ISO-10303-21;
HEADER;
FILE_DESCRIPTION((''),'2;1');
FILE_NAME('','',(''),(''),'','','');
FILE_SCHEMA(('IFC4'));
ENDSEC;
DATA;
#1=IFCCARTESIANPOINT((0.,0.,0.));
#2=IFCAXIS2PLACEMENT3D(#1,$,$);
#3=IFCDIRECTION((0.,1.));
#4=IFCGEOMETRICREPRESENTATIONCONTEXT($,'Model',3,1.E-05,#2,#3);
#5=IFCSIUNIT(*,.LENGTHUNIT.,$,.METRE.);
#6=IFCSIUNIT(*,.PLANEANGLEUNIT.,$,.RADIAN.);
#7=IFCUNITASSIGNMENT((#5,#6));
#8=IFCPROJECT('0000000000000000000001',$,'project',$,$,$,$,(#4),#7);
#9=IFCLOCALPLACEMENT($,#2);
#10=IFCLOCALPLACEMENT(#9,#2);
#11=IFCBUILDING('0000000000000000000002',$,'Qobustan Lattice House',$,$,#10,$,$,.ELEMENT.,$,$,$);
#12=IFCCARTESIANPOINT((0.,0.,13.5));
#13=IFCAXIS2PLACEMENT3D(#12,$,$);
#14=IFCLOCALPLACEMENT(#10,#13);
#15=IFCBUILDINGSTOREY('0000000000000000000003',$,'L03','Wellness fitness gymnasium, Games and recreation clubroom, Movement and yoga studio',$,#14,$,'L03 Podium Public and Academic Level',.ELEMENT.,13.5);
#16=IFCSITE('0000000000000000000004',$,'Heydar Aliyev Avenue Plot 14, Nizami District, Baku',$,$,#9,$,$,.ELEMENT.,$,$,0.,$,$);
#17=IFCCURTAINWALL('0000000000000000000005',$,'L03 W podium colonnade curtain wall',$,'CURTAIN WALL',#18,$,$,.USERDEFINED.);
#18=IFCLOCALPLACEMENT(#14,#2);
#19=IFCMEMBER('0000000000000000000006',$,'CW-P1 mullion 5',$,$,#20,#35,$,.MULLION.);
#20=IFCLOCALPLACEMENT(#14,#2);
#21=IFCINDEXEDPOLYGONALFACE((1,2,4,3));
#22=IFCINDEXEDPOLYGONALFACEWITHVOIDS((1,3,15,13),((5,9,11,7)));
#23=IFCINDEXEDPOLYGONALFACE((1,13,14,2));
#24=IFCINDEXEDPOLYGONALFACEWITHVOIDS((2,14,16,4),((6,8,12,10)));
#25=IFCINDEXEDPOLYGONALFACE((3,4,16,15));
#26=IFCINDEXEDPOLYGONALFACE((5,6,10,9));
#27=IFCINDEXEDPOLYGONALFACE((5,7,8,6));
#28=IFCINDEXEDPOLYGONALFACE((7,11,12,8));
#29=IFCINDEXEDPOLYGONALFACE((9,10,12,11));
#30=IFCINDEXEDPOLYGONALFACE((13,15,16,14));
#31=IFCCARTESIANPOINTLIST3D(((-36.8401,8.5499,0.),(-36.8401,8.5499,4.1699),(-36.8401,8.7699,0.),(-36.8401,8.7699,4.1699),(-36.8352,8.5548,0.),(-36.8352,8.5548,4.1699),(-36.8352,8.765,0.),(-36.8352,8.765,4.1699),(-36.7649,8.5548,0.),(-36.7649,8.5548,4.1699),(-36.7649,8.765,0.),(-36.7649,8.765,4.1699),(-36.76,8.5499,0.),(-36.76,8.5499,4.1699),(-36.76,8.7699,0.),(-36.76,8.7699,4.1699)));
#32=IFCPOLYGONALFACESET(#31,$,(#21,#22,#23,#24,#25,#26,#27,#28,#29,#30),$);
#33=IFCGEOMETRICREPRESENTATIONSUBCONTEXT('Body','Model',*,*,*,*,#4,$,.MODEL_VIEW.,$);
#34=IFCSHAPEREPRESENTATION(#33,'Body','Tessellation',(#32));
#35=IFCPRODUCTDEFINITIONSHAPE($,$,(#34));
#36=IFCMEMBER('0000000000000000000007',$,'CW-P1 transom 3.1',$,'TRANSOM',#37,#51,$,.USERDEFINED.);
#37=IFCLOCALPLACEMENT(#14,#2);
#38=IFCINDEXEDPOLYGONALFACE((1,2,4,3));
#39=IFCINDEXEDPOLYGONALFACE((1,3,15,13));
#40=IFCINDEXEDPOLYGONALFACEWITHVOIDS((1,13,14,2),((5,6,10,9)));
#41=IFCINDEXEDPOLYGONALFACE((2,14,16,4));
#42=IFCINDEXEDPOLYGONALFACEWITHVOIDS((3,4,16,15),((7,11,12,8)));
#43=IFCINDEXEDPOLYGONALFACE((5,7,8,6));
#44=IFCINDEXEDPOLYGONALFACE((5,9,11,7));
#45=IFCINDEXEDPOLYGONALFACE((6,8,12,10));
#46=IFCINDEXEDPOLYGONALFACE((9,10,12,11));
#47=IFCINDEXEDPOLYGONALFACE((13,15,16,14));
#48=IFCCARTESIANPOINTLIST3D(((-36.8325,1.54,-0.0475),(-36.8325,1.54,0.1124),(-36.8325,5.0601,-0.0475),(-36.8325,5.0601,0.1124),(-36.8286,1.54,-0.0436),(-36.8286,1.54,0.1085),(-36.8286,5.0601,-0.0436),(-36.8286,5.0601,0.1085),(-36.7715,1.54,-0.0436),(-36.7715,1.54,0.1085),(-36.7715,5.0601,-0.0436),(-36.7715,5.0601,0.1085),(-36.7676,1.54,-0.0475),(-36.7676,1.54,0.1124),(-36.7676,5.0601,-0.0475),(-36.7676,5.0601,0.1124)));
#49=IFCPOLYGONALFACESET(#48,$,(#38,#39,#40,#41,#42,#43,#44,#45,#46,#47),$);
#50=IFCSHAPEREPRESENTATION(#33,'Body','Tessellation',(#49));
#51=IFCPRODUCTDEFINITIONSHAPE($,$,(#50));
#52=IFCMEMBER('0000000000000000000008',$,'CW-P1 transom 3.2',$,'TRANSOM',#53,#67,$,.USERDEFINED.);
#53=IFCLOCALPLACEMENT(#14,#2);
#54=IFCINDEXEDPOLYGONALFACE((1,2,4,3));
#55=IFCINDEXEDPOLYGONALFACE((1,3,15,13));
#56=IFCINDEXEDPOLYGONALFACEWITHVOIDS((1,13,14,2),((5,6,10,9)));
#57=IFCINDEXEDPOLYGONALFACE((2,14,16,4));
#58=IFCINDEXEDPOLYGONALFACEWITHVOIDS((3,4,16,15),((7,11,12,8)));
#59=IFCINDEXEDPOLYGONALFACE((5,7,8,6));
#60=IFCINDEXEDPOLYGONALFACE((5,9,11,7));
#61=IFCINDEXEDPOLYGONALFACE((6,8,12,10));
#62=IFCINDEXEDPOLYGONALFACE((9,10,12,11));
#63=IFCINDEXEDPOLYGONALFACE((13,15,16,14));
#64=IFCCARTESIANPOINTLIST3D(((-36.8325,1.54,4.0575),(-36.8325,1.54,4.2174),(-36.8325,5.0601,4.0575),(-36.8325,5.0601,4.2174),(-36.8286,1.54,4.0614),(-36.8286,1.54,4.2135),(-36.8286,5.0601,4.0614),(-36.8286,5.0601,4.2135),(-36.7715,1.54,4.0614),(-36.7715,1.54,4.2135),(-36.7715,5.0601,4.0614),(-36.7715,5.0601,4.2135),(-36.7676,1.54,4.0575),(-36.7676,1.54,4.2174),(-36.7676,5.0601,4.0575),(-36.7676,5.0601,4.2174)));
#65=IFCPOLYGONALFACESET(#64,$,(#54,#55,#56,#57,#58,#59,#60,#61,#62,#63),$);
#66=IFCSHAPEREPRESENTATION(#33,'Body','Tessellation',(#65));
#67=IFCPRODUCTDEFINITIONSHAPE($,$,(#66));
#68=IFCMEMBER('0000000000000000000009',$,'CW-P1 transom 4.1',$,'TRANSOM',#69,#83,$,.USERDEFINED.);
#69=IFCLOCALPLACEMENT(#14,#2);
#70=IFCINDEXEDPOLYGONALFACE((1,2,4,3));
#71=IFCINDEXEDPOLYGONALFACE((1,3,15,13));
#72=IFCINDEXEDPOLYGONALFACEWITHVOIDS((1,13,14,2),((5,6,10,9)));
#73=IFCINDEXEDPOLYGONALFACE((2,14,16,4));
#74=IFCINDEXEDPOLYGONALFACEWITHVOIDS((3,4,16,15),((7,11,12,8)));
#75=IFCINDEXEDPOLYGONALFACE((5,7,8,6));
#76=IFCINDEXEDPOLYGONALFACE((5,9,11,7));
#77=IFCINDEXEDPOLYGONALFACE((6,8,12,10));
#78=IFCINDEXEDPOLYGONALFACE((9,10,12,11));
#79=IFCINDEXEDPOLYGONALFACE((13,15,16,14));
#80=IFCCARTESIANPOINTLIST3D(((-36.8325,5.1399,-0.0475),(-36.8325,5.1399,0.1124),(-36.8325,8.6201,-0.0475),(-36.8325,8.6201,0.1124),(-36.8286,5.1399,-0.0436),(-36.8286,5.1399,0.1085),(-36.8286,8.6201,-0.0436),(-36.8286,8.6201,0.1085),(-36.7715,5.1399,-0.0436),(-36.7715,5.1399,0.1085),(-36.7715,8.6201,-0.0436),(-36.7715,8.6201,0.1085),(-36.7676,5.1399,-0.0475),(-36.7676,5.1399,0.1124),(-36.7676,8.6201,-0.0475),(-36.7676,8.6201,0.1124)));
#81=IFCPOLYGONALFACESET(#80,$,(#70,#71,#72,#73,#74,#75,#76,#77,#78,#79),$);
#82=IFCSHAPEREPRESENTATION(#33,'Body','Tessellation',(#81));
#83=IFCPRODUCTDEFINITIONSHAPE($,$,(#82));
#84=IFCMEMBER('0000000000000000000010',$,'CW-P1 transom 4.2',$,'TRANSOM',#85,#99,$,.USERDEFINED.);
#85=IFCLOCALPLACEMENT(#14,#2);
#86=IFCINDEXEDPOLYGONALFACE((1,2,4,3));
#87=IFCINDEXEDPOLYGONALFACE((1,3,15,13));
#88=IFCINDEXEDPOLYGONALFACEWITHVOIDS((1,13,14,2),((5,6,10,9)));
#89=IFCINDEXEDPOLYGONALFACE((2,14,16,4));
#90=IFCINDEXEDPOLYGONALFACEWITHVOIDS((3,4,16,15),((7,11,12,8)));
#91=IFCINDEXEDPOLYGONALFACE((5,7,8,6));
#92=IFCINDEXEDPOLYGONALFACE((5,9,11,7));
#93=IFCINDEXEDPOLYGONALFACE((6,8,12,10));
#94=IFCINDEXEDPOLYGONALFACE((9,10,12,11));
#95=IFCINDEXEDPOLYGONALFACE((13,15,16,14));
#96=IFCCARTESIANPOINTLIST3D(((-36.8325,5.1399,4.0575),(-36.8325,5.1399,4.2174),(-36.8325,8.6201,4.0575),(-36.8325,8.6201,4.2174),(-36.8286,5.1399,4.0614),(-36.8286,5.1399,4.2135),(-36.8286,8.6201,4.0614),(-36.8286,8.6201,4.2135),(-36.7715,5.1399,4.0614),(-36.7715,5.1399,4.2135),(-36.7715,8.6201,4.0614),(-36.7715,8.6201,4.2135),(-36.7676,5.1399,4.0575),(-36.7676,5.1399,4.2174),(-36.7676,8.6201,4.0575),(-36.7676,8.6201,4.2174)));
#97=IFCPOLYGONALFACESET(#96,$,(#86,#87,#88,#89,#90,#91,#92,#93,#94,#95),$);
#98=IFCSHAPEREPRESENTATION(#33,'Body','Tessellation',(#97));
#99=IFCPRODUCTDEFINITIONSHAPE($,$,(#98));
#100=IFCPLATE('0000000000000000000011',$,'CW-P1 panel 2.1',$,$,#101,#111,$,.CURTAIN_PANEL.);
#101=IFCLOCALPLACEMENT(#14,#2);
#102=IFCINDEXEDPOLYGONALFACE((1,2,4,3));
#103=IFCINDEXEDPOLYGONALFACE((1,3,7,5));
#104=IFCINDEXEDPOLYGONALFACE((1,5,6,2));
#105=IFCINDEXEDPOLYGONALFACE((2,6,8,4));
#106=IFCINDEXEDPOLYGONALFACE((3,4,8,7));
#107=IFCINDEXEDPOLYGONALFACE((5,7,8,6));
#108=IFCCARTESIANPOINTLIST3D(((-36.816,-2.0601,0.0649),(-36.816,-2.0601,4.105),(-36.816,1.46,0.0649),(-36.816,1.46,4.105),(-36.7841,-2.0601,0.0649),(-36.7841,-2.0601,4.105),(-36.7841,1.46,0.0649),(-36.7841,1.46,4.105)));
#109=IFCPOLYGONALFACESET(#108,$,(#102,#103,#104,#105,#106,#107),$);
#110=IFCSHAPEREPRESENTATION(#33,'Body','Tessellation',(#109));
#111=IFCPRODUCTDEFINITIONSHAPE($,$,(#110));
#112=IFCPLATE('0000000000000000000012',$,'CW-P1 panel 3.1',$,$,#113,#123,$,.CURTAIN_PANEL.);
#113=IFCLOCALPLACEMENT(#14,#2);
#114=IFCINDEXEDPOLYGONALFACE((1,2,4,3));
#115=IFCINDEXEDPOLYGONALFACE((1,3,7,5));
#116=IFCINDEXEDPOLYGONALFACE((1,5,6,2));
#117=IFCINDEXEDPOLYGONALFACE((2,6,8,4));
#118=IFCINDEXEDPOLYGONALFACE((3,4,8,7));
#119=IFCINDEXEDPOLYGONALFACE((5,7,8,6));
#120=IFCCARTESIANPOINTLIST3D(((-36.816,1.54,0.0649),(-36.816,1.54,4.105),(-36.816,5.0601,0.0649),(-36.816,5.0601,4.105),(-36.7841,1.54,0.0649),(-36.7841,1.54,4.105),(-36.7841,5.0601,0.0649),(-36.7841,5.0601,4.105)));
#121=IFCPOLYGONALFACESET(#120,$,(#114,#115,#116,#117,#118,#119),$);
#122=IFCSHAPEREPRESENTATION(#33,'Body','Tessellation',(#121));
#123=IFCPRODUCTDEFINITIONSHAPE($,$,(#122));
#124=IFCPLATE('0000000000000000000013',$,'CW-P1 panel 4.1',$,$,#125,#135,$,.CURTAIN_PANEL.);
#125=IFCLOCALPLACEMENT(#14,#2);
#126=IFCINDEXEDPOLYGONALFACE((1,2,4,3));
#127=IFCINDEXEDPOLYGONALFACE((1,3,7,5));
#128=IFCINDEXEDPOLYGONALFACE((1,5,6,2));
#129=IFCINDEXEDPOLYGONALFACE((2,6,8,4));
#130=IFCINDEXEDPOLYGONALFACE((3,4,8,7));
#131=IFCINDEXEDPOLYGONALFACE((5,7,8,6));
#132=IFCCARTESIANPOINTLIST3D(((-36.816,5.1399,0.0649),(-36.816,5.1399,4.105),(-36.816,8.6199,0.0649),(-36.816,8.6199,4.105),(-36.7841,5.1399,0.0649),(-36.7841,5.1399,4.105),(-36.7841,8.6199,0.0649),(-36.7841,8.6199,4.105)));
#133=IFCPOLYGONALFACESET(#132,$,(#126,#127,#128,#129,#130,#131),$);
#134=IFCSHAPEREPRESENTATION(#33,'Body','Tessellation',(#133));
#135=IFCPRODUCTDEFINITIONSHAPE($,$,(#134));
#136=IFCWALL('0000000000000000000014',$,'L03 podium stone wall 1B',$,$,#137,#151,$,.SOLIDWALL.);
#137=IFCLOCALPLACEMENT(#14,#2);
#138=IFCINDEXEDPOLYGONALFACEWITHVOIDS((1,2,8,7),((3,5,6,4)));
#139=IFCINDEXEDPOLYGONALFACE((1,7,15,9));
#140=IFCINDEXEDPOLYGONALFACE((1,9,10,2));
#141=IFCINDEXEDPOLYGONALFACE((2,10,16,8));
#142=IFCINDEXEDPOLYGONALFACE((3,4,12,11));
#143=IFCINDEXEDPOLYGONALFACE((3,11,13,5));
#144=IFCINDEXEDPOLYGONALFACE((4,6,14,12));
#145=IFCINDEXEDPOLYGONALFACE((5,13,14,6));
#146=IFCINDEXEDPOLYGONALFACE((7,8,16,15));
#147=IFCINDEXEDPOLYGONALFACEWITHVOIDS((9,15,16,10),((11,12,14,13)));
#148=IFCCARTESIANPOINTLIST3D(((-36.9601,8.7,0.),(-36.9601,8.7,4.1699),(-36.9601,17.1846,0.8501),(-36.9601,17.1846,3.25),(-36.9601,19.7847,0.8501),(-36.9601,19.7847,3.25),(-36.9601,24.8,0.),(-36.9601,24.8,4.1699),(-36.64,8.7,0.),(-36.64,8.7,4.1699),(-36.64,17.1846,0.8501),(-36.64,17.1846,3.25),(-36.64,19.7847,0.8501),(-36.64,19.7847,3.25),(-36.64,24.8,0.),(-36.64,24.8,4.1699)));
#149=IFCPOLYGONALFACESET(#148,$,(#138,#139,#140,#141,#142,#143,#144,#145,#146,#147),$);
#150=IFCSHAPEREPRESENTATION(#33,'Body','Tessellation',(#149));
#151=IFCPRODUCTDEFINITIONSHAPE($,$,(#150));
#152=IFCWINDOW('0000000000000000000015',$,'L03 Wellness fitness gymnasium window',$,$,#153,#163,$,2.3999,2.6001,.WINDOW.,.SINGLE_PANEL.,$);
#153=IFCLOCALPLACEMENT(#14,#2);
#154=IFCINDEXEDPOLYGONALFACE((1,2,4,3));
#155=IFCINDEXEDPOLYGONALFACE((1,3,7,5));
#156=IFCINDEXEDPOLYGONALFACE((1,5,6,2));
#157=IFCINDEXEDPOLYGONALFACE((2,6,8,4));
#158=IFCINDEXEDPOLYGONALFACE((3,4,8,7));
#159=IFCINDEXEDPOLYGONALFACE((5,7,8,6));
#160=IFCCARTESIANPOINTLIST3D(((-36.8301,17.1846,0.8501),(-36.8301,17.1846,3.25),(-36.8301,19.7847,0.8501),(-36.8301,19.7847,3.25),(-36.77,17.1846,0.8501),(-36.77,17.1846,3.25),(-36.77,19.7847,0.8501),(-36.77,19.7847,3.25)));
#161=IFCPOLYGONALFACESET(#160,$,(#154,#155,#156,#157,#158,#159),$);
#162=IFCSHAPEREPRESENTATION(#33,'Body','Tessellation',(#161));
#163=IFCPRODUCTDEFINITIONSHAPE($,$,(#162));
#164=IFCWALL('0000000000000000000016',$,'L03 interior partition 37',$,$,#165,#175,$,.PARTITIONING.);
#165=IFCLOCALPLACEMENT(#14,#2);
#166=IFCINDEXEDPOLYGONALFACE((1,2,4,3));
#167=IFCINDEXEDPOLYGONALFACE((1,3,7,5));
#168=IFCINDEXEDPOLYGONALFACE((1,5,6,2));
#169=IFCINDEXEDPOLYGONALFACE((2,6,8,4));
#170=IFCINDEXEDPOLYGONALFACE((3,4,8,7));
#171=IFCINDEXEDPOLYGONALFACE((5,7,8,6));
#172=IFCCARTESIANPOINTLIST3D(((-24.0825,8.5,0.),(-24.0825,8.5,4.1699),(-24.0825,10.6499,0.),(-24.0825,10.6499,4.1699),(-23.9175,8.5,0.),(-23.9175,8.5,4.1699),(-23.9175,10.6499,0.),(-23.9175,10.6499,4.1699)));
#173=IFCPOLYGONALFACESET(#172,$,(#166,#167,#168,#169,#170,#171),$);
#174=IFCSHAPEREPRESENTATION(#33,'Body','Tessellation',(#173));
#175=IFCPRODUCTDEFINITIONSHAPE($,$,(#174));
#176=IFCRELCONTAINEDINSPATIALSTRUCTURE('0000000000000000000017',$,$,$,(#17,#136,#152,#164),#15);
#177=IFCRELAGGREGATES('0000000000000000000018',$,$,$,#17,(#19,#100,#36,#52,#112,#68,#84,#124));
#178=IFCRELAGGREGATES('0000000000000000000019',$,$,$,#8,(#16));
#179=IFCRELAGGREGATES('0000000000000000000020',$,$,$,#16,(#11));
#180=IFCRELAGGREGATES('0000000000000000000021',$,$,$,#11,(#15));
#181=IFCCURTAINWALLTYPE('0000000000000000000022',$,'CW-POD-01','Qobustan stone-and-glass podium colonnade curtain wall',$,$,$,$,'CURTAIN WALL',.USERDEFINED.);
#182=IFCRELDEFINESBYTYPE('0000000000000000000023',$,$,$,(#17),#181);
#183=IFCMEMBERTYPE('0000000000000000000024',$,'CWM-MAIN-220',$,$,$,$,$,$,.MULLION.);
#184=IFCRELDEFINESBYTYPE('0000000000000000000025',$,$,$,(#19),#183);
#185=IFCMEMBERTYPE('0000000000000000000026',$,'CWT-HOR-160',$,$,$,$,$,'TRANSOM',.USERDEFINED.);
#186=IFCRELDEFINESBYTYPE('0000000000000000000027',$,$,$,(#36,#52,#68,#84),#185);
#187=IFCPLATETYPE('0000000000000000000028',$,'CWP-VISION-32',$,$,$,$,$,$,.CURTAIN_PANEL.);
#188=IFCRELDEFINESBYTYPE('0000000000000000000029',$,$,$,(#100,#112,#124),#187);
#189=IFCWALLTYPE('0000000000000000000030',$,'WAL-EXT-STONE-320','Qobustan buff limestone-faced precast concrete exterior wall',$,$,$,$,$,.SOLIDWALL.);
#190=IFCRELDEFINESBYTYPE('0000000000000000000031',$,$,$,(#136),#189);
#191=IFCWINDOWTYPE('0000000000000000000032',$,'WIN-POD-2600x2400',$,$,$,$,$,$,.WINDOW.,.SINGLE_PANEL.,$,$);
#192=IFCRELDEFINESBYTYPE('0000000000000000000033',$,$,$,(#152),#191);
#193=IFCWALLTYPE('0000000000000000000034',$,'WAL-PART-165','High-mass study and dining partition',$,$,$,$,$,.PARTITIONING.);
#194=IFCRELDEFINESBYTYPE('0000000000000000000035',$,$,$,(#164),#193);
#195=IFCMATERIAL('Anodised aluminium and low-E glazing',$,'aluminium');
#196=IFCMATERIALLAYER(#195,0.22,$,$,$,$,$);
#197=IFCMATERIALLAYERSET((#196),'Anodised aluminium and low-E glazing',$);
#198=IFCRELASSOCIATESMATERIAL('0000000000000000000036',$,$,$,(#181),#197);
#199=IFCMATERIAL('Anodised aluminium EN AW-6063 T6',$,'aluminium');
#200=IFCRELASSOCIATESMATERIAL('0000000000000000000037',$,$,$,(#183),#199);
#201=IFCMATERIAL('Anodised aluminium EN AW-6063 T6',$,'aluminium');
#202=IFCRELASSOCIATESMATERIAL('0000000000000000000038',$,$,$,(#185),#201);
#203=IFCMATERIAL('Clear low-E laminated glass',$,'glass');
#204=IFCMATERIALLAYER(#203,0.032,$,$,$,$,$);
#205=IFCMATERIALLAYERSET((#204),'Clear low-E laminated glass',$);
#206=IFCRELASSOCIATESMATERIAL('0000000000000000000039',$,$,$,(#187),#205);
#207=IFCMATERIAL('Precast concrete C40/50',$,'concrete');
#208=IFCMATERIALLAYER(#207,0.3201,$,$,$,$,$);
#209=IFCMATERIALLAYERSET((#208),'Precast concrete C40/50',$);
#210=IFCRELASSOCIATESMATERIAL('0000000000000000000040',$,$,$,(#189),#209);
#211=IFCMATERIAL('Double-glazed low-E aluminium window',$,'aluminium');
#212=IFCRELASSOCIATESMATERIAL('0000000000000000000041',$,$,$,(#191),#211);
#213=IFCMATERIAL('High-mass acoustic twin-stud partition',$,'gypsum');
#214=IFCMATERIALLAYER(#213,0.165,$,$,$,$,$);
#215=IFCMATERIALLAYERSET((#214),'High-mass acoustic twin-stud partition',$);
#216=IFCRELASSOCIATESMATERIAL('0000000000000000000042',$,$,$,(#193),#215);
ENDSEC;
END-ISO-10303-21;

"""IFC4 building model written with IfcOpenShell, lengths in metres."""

from ifc_helpers import new_model, si_unit, direction, frame, frame_2d, origin, origin_2d, place, context, subcontext, project, spatial, rectangle, hollow_rectangle, extrude, material, layer, layer_set, material_profile, profile_set, type_object, element, fill, aggregate, save


model = new_model("IFC4")

# Units and contexts
model_context = context("Model", 3, precision=1e-05, world=origin(), true_north=direction((0.0, 1.0)))
body_context = subcontext(model_context, "Body", "Model", "MODEL_VIEW")
ifc_project = project(units=[si_unit("LENGTHUNIT", "METRE"), si_unit("PLANEANGLEUNIT", "RADIAN")], contexts=[model_context])

# Site, building, storey
site_placement = place(None, origin())
site = spatial("IfcSite", under=ifc_project, at=site_placement, Name="Heydar Aliyev Avenue Plot 14, Nizami District, Baku", CompositionType="ELEMENT", RefElevation=0.0)
building_placement = place(site_placement, origin())
building = spatial("IfcBuilding", under=site, at=building_placement, Name="Qobustan Lattice House", CompositionType="ELEMENT")
storey_placement = place(building_placement, frame((0.0, 0.0, 13.5)))
storey = spatial("IfcBuildingStorey", under=building, at=storey_placement, Name="L03", Description="Wellness fitness gymnasium, Games and recreation clubroom, Movement and yoga studio", LongName="L03 Podium Public and Academic Level", CompositionType="ELEMENT", Elevation=13.5)

# Curtain wall, members, plates
ifc_material_1 = material(Name="Anodised aluminium and low-E glazing", Category="aluminium")
ifc_layer_1 = layer(ifc_material_1, 0.22)
ifc_layer_set_1 = layer_set([ifc_layer_1], Name="Anodised aluminium and low-E glazing")
curtain_wall_type = type_object("IfcCurtainWallType", Name="CW-POD-01", Description="Qobustan stone-and-glass podium colonnade curtain wall", ElementType="CURTAIN WALL", PredefinedType="USERDEFINED", material=ifc_layer_set_1)
curtain_wall_placement = place(storey_placement, origin())
curtain_wall = element("IfcCurtainWall", 1, at=curtain_wall_placement, inside=storey, type_object=curtain_wall_type, Name="L03 W podium colonnade curtain wall", ObjectType="CURTAIN WALL", PredefinedType="USERDEFINED")
ifc_material_2 = material(Name="Anodised aluminium EN AW-6063 T6", Category="aluminium")
ifc_material_profile_1 = material_profile(ifc_material_2, hollow_rectangle(XDim=0.0801, YDim=0.22, WallThickness=0.0049, at=origin_2d()), Name="CWM-220x80")
ifc_profile_set_1 = profile_set([ifc_material_profile_1], Name="Anodised aluminium EN AW-6063 T6")
member_type_1 = type_object("IfcMemberType", Name="CWM-MAIN-220", PredefinedType="MULLION", material=ifc_profile_set_1)
member_1_placement = place(storey_placement, frame((-36.8, 8.6599, 0.0), z_axis=(0.0, 0.0, 1.0), x_axis=(-1.0, 0.0, 0.0)))
member_1 = element("IfcMember", 2, at=member_1_placement, type_object=member_type_1, Name="CW-P1 mullion 5", PredefinedType="MULLION", context=body_context, shape_type="SweptSolid", body=[
    extrude(hollow_rectangle(XDim=0.0801, YDim=0.22, WallThickness=0.0049, at=origin_2d()), origin(), (0.0, 0.0, 1.0), 4.1699),
])
ifc_material_3 = material(Name="Anodised aluminium EN AW-6063 T6", Category="aluminium")
ifc_material_profile_2 = material_profile(ifc_material_3, hollow_rectangle(XDim=0.0649, YDim=0.1599, WallThickness=0.0039, at=origin_2d()), Name="CWT-160x65")
ifc_profile_set_2 = profile_set([ifc_material_profile_2], Name="Anodised aluminium EN AW-6063 T6")
member_type_2 = type_object("IfcMemberType", Name="CWT-HOR-160", ElementType="TRANSOM", PredefinedType="USERDEFINED", material=ifc_profile_set_2)
member_2_placement = place(storey_placement, frame((-36.8, 1.54, 0.0325), z_axis=(0.0, 1.0, 0.0), x_axis=(-1.0, 0.0, 0.0)))
member_2 = element("IfcMember", 3, at=member_2_placement, type_object=member_type_2, Name="CW-P1 transom 3.1", ObjectType="TRANSOM", PredefinedType="USERDEFINED", context=body_context, shape_type="SweptSolid", body=[
    extrude(hollow_rectangle(XDim=0.0649, YDim=0.1599, WallThickness=0.0039, at=origin_2d()), origin(), (0.0, 0.0, 1.0), 3.52),
])
member_3_placement = place(storey_placement, frame((-36.8, 1.54, 4.1375), z_axis=(0.0, 1.0, 0.0), x_axis=(-1.0, 0.0, 0.0)))
member_3 = element("IfcMember", 4, at=member_3_placement, type_object=member_type_2, Name="CW-P1 transom 3.2", ObjectType="TRANSOM", PredefinedType="USERDEFINED", context=body_context, shape_type="SweptSolid", body=[
    extrude(hollow_rectangle(XDim=0.0649, YDim=0.1599, WallThickness=0.0039, at=origin_2d()), origin(), (0.0, 0.0, 1.0), 3.52),
])
member_4_placement = place(storey_placement, frame((-36.8, 5.1399, 0.0325), z_axis=(0.0, 1.0, 0.0), x_axis=(-1.0, 0.0, 0.0)))
member_4 = element("IfcMember", 5, at=member_4_placement, type_object=member_type_2, Name="CW-P1 transom 4.1", ObjectType="TRANSOM", PredefinedType="USERDEFINED", context=body_context, shape_type="SweptSolid", body=[
    extrude(hollow_rectangle(XDim=0.0649, YDim=0.1599, WallThickness=0.0039, at=origin_2d()), origin(), (0.0, 0.0, 1.0), 3.4802),
])
member_5_placement = place(storey_placement, frame((-36.8, 5.1399, 4.1375), z_axis=(0.0, 1.0, 0.0), x_axis=(-1.0, 0.0, 0.0)))
member_5 = element("IfcMember", 6, at=member_5_placement, type_object=member_type_2, Name="CW-P1 transom 4.2", ObjectType="TRANSOM", PredefinedType="USERDEFINED", context=body_context, shape_type="SweptSolid", body=[
    extrude(hollow_rectangle(XDim=0.0649, YDim=0.1599, WallThickness=0.0039, at=origin_2d()), origin(), (0.0, 0.0, 1.0), 3.4802),
])
ifc_material_4 = material(Name="Clear low-E laminated glass", Category="glass")
ifc_layer_2 = layer(ifc_material_4, 0.032)
ifc_layer_set_2 = layer_set([ifc_layer_2], Name="Clear low-E laminated glass")
plate_type = type_object("IfcPlateType", Name="CWP-VISION-32", PredefinedType="CURTAIN_PANEL", material=ifc_layer_set_2)
plate_1_placement = place(storey_placement, frame((-36.8, -0.3, 0.0649), z_axis=(0.0, 0.0, 1.0), x_axis=(0.0, 1.0, 0.0)))
plate_1 = element("IfcPlate", 7, at=plate_1_placement, type_object=plate_type, Name="CW-P1 panel 2.1", PredefinedType="CURTAIN_PANEL", context=body_context, shape_type="SweptSolid", body=[
    extrude(rectangle(XDim=3.52, YDim=0.032, at=origin_2d()), origin(), (0.0, 0.0, 1.0), 4.04),
])
plate_2_placement = place(storey_placement, frame((-36.8, 3.3, 0.0649), z_axis=(0.0, 0.0, 1.0), x_axis=(0.0, 1.0, 0.0)))
plate_2 = element("IfcPlate", 8, at=plate_2_placement, type_object=plate_type, Name="CW-P1 panel 3.1", PredefinedType="CURTAIN_PANEL", context=body_context, shape_type="SweptSolid", body=[
    extrude(rectangle(XDim=3.52, YDim=0.032, at=origin_2d()), origin(), (0.0, 0.0, 1.0), 4.04),
])
plate_3_placement = place(storey_placement, frame((-36.8, 6.8799, 0.0649), z_axis=(0.0, 0.0, 1.0), x_axis=(0.0, 1.0, 0.0)))
plate_3 = element("IfcPlate", 9, at=plate_3_placement, type_object=plate_type, Name="CW-P1 panel 4.1", PredefinedType="CURTAIN_PANEL", context=body_context, shape_type="SweptSolid", body=[
    extrude(rectangle(XDim=3.48, YDim=0.032, at=origin_2d()), origin(), (0.0, 0.0, 1.0), 4.04),
])
aggregate(curtain_wall, [member_1, plate_1, member_2, member_3, plate_2, member_4, member_5, plate_3])

# Wall, opening, window
ifc_material_5 = material(Name="Precast concrete C40/50", Category="concrete")
ifc_layer_3 = layer(ifc_material_5, 0.3201)
ifc_layer_set_3 = layer_set([ifc_layer_3], Name="Precast concrete C40/50")
wall_type_1 = type_object("IfcWallType", Name="WAL-EXT-STONE-320", Description="Qobustan buff limestone-faced precast concrete exterior wall", PredefinedType="SOLIDWALL", material=ifc_layer_set_3)
wall_1_placement = place(storey_placement, frame((-36.8, 8.7, 0.0), z_axis=(0.0, 0.0, 1.0), x_axis=(0.0, 1.0, 0.0)))
wall_1 = element("IfcWall", 10, at=wall_1_placement, inside=storey, type_object=wall_type_1, Name="L03 podium stone wall 1B", PredefinedType="SOLIDWALL", context=body_context, shape_type="SweptSolid", body=[
    extrude(rectangle(XDim=16.1001, YDim=0.3201, at=frame_2d((8.05, 0.0))), origin(), (0.0, 0.0, 1.0), 4.1699),
])
opening_1_placement = place(wall_1_placement, frame((8.4846, 0.0, 0.8501)))
opening_1 = element("IfcOpeningElement", 11, at=opening_1_placement, cuts=wall_1, PredefinedType="OPENING", context=body_context, shape_type="SweptSolid", body=[
    extrude(rectangle(XDim=2.6001, YDim=2.3999, at=frame_2d((1.3, 1.2))), frame((0.0, 0.1699, 0.0), z_axis=(0.0, -1.0, 0.0), x_axis=(1.0, 0.0, 0.0)), (0.0, 0.0, 1.0), 0.3401),
])
ifc_material_6 = material(Name="Double-glazed low-E aluminium window", Category="aluminium")
window_type = type_object("IfcWindowType", Name="WIN-POD-2600x2400", PartitioningType="SINGLE_PANEL", PredefinedType="WINDOW", material=ifc_material_6)
window_placement = place(opening_1_placement, origin())
window = element("IfcWindow", 12, at=window_placement, inside=storey, type_object=window_type, Name="L03 Wellness fitness gymnasium window", OverallHeight=2.3999, OverallWidth=2.6001, PartitioningType="SINGLE_PANEL", PredefinedType="WINDOW", context=body_context, shape_type="SweptSolid", body=[
    extrude(rectangle(XDim=2.6001, YDim=2.3999, at=frame_2d((1.3, 1.2))), frame((0.0, 0.03, 0.0), z_axis=(0.0, -1.0, 0.0), x_axis=(1.0, 0.0, 0.0)), (0.0, 0.0, 1.0), 0.0601),
])
fill(opening_1, window)

# Wall
ifc_material_7 = material(Name="High-mass acoustic twin-stud partition", Category="gypsum")
ifc_layer_4 = layer(ifc_material_7, 0.165)
ifc_layer_set_4 = layer_set([ifc_layer_4], Name="High-mass acoustic twin-stud partition")
wall_type_2 = type_object("IfcWallType", Name="WAL-PART-165", Description="High-mass study and dining partition", PredefinedType="PARTITIONING", material=ifc_layer_set_4)
wall_2_placement = place(storey_placement, frame((-24.0, 8.5, 0.0), z_axis=(0.0, 0.0, 1.0), x_axis=(0.0, 1.0, 0.0)))
element("IfcWall", 13, at=wall_2_placement, inside=storey, type_object=wall_type_2, Name="L03 interior partition 37", PredefinedType="PARTITIONING", context=body_context, shape_type="SweptSolid", body=[
    extrude(rectangle(XDim=2.1499, YDim=0.165, at=frame_2d((1.075, 0.0))), origin(), (0.0, 0.0, 1.0), 4.1699),
])

save(model, "model.ifc")
